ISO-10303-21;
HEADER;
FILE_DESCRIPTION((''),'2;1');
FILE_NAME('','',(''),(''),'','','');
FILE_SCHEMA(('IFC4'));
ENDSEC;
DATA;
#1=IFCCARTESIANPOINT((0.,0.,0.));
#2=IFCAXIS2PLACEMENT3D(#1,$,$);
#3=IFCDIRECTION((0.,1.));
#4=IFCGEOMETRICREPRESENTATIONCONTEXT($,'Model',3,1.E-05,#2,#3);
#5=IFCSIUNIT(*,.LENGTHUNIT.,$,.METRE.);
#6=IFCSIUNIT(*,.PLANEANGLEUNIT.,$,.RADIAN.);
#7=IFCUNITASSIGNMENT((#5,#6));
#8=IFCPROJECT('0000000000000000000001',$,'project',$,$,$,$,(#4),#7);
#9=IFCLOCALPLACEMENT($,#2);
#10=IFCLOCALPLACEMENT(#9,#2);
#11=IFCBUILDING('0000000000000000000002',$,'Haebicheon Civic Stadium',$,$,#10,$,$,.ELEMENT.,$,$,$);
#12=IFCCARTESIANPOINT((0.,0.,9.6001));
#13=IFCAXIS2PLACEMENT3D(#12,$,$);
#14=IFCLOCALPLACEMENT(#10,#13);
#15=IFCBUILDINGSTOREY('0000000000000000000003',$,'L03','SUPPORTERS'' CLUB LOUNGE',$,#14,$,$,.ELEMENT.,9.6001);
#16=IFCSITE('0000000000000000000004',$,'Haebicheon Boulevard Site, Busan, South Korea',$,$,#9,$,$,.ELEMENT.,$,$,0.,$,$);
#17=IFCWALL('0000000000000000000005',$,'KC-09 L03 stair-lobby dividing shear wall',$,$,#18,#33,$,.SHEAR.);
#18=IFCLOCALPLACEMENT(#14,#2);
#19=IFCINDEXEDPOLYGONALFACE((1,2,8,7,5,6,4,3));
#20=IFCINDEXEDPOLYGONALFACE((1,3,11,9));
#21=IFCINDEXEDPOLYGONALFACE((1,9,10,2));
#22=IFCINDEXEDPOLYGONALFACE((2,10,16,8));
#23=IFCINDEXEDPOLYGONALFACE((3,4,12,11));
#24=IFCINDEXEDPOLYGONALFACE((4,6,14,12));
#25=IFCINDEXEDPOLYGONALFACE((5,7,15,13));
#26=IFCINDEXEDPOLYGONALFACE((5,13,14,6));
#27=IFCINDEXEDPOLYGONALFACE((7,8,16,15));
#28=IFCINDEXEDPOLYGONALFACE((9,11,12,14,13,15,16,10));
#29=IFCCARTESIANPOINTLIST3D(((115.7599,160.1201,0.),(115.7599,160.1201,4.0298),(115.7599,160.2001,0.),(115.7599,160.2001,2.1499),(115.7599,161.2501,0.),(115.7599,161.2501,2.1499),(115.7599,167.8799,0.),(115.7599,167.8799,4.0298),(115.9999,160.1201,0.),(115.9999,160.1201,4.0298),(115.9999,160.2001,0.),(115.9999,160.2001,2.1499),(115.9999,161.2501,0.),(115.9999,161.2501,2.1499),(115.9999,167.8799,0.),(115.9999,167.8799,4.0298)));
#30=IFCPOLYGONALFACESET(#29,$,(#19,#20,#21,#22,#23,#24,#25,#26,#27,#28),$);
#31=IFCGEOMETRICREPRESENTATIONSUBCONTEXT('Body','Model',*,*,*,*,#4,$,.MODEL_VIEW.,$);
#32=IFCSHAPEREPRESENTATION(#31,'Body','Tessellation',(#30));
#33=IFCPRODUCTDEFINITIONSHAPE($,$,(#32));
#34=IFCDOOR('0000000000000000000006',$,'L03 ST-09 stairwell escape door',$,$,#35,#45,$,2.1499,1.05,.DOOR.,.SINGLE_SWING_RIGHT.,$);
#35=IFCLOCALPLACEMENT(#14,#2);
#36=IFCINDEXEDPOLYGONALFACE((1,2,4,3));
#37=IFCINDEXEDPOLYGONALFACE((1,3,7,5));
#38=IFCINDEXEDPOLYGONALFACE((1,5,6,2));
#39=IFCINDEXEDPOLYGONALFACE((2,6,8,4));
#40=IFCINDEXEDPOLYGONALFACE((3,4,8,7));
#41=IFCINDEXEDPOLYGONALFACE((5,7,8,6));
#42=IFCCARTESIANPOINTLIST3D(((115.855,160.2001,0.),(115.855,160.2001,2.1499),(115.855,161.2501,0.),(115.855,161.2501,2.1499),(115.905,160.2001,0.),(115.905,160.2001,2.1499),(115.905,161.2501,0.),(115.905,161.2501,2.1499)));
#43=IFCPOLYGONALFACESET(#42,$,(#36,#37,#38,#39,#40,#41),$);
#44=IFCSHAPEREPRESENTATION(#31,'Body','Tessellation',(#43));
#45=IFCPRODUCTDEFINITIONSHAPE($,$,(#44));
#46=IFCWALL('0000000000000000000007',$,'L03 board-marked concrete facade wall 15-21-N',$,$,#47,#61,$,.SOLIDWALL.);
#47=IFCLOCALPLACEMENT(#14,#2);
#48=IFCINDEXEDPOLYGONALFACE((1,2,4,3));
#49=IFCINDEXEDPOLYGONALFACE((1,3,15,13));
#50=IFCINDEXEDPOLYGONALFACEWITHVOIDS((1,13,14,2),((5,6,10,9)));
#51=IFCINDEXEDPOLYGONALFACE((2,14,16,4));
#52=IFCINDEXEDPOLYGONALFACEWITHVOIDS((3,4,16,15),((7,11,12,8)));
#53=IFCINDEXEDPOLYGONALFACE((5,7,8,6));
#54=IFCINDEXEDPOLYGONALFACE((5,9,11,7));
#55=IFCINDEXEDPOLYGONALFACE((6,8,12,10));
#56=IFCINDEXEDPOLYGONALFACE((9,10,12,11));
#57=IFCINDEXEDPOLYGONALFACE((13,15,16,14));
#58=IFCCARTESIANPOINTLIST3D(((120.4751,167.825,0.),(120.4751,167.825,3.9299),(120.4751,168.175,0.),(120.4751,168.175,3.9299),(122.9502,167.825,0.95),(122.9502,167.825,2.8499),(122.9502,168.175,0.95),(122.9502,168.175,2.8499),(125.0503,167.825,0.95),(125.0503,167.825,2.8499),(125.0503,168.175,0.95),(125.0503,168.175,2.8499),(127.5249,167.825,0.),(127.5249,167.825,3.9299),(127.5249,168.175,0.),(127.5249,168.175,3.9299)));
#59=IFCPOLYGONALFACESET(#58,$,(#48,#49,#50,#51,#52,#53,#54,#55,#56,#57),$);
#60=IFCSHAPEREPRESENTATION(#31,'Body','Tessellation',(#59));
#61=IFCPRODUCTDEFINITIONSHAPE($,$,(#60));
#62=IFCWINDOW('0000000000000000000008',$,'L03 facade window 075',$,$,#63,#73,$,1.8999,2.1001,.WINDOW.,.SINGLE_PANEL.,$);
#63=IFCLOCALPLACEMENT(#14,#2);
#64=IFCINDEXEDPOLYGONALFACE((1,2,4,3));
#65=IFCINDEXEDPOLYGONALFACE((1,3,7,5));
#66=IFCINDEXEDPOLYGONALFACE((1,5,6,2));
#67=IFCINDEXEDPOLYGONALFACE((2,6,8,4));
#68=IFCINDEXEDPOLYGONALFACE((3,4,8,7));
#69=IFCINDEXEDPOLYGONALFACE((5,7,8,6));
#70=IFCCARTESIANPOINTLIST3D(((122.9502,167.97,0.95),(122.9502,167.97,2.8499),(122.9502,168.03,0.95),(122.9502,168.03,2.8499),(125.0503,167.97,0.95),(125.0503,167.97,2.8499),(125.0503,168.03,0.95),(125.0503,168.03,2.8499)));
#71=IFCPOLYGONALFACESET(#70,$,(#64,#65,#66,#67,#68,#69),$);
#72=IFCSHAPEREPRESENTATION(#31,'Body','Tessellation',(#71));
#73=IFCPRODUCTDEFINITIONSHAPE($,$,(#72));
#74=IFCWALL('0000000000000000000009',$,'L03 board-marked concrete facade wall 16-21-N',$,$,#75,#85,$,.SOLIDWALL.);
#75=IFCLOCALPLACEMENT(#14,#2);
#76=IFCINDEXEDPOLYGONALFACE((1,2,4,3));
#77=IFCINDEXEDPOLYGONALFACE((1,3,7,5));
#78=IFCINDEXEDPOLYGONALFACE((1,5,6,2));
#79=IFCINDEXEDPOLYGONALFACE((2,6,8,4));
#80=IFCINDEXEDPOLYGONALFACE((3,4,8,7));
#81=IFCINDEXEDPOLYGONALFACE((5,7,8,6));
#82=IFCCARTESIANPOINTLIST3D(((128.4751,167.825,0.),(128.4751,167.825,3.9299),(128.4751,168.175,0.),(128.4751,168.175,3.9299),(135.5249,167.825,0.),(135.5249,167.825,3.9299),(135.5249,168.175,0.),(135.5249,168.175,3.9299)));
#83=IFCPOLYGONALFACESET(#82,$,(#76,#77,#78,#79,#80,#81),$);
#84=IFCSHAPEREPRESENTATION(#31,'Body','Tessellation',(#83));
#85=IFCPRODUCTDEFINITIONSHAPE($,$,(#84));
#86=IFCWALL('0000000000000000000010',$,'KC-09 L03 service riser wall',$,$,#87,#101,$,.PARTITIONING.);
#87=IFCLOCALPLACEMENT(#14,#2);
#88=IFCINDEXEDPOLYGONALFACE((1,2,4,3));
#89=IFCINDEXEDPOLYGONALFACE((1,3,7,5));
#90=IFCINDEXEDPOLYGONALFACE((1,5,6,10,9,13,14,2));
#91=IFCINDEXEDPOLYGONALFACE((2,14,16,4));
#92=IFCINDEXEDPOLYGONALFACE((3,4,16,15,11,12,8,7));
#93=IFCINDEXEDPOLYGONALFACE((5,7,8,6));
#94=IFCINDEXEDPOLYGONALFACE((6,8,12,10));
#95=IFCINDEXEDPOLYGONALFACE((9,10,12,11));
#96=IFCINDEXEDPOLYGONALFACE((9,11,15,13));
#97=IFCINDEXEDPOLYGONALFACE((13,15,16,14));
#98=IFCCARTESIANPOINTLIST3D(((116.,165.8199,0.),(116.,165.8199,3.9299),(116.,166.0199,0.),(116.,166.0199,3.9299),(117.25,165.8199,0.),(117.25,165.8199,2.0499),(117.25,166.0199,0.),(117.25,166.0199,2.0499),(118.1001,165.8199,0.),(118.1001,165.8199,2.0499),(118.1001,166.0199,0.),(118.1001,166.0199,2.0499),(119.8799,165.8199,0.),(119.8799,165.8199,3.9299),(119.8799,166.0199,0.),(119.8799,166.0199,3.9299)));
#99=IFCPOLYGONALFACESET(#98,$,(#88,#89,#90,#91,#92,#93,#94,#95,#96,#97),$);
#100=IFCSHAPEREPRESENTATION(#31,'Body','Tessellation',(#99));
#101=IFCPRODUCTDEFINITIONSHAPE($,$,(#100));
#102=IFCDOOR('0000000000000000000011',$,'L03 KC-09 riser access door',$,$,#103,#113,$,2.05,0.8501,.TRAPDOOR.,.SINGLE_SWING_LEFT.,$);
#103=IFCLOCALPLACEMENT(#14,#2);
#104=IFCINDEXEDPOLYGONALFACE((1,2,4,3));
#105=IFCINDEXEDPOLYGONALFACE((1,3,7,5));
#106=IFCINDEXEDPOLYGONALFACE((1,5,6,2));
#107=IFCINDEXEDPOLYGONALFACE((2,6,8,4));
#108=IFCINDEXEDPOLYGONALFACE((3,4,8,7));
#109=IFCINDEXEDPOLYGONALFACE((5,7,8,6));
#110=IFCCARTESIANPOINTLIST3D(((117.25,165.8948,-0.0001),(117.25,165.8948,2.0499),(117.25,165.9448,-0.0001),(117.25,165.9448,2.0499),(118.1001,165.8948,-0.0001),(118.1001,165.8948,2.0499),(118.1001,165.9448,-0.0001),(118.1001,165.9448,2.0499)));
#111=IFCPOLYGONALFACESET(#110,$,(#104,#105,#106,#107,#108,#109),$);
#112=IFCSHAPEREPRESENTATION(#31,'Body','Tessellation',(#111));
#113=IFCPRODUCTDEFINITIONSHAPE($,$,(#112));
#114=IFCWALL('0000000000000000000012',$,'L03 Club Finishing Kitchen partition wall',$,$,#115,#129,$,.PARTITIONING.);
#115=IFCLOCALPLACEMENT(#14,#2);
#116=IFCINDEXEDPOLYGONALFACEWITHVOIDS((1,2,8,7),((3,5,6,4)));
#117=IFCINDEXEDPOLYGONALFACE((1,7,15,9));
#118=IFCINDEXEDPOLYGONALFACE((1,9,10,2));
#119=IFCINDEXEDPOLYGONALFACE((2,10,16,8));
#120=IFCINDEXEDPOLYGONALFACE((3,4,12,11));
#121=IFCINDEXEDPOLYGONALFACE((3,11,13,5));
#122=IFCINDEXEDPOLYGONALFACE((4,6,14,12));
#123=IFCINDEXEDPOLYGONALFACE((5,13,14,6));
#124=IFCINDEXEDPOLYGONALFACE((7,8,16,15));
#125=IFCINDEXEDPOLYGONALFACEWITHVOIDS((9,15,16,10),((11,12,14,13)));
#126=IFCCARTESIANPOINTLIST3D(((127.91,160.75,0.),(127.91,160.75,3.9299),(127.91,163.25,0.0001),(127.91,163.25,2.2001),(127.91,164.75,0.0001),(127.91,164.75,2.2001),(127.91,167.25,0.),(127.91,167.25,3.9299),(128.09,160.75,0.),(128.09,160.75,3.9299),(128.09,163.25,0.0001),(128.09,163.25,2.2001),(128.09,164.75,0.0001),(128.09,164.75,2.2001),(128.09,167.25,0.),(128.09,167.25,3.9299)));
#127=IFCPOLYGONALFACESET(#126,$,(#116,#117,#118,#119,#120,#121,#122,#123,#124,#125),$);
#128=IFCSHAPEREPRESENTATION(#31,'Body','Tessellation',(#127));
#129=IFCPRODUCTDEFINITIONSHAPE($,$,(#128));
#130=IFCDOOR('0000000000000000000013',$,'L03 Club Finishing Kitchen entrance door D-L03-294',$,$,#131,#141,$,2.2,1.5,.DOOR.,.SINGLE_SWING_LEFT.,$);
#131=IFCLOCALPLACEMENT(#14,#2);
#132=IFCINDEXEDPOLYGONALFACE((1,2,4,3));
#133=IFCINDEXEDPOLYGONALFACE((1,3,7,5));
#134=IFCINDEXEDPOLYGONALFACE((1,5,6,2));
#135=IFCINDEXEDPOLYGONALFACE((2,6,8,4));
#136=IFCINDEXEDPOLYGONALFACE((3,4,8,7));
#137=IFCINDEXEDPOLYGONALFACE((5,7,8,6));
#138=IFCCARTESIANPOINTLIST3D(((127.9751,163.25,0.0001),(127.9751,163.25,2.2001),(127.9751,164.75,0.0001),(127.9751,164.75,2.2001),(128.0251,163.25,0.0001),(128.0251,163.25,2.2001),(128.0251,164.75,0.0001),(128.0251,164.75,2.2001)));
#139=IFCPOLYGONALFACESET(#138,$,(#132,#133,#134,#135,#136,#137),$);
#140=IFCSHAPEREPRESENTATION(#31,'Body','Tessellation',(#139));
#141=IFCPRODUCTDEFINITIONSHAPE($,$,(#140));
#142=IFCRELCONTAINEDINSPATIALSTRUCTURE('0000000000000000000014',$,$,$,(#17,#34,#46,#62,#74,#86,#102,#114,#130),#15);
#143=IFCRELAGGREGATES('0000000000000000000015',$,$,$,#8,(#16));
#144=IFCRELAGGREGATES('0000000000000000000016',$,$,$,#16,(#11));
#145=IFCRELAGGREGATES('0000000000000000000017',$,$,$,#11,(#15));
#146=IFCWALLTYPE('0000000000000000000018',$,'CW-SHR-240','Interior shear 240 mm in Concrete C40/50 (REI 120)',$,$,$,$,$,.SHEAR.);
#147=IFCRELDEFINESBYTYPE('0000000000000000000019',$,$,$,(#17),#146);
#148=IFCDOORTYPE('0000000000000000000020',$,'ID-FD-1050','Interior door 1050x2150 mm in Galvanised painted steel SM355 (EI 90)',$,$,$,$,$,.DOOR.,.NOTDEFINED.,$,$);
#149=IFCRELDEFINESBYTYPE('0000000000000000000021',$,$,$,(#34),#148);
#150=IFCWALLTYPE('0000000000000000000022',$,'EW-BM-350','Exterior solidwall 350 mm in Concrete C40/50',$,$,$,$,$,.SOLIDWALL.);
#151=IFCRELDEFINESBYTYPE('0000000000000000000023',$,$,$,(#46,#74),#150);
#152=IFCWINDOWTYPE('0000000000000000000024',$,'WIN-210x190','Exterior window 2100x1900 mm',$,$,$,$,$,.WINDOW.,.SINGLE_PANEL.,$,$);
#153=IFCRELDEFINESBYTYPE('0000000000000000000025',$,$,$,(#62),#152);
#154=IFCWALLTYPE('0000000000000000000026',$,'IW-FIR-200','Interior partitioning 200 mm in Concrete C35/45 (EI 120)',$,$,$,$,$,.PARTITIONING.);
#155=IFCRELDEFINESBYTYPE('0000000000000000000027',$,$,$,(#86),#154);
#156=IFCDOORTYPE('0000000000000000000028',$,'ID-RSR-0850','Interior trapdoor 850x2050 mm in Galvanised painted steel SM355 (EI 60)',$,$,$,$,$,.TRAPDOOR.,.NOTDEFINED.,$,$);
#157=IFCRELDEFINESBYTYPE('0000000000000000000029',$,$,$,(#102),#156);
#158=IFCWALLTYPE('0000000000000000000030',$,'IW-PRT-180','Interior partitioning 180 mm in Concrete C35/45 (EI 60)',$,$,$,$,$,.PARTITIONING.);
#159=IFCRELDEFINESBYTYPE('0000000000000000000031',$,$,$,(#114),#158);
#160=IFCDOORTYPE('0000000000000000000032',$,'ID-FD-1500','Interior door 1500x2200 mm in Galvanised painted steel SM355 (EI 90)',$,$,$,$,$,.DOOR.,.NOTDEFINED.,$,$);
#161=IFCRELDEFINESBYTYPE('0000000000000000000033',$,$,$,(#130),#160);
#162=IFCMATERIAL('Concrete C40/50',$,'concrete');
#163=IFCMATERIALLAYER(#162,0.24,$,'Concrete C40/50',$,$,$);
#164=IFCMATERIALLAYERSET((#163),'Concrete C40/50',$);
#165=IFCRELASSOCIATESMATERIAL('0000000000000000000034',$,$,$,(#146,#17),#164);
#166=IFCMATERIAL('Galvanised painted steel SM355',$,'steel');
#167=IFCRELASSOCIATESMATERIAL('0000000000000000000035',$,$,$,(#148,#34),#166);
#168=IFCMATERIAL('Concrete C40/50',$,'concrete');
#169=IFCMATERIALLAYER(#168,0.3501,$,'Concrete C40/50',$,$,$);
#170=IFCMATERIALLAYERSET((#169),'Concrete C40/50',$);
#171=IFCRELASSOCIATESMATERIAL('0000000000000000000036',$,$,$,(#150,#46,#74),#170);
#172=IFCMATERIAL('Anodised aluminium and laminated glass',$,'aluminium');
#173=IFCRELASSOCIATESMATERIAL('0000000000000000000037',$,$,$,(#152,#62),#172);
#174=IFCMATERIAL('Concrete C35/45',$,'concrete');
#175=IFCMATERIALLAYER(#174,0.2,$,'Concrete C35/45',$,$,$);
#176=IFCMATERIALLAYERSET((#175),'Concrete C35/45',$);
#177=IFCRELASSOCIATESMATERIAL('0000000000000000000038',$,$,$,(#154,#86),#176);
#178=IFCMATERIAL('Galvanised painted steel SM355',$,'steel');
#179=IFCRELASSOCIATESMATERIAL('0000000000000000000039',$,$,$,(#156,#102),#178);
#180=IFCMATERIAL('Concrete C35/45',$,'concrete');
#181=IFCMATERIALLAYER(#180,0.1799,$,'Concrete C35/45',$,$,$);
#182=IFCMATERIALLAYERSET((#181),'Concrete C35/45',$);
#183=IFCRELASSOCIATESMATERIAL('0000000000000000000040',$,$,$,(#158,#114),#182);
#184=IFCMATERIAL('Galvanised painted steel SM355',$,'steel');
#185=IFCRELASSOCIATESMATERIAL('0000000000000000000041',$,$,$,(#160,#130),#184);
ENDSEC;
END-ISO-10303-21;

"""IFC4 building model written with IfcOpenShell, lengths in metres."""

from ifc_helpers import new_model, si_unit, direction, frame, frame_2d, origin, place, context, subcontext, project, spatial, rectangle, extrude, material, layer, layer_set, type_object, element, fill, save


model = new_model("IFC4")

# Units and contexts
model_context = context("Model", 3, precision=1e-05, world=origin(), true_north=direction((0.0, 1.0)))
body_context = subcontext(model_context, "Body", "Model", "MODEL_VIEW")
ifc_project = project(units=[si_unit("LENGTHUNIT", "METRE"), si_unit("PLANEANGLEUNIT", "RADIAN")], contexts=[model_context])

# Site, building, storey
site_placement = place(None, origin())
site = spatial("IfcSite", under=ifc_project, at=site_placement, Name="Haebicheon Boulevard Site, Busan, South Korea", CompositionType="ELEMENT", RefElevation=0.0)
building_placement = place(site_placement, origin())
building = spatial("IfcBuilding", under=site, at=building_placement, Name="Haebicheon Civic Stadium", CompositionType="ELEMENT")
storey_placement = place(building_placement, frame((0.0, 0.0, 9.6001)))
storey = spatial("IfcBuildingStorey", under=building, at=storey_placement, Name="L03", Description="SUPPORTERS' CLUB LOUNGE", CompositionType="ELEMENT", Elevation=9.6001)

# Shared definitions
ifc_material_1 = material(Name="Concrete C40/50", Category="concrete")
ifc_layer_1 = layer(ifc_material_1, 0.24, Name="Concrete C40/50")
ifc_layer_set_1 = layer_set([ifc_layer_1], Name="Concrete C40/50")
wall_type_1 = type_object("IfcWallType", Name="CW-SHR-240", Description="Interior shear 240 mm in Concrete C40/50 (REI 120)", PredefinedType="SHEAR", material=ifc_layer_set_1)

# Wall, opening, door
wall_1_placement = place(storey_placement, frame((115.8799, 160.1201, 0.0), z_axis=(0.0, 0.0, 1.0), x_axis=(0.0, 1.0, 0.0)))
wall_1 = element("IfcWall", 1, at=wall_1_placement, inside=storey, type_object=wall_type_1, material=ifc_layer_set_1, Name="KC-09 L03 stair-lobby dividing shear wall", PredefinedType="SHEAR", context=body_context, shape_type="SweptSolid", body=[
    extrude(rectangle(XDim=7.7598, YDim=0.24, at=frame_2d((3.8799, 0.0))), origin(), (0.0, 0.0, 1.0), 4.0298),
])
opening_1_placement = place(wall_1_placement, frame((0.0801, 0.0, 0.0)))
opening_1 = element("IfcOpeningElement", 2, at=opening_1_placement, cuts=wall_1, PredefinedType="OPENING", context=body_context, shape_type="SweptSolid", body=[
    extrude(rectangle(XDim=1.05, YDim=2.1499, at=frame_2d((0.5249, 1.075))), frame((0.0, 0.1299, 0.0), z_axis=(0.0, -1.0, 0.0), x_axis=(1.0, 0.0, 0.0)), (0.0, 0.0, 1.0), 0.26),
])
ifc_material_2 = material(Name="Galvanised painted steel SM355", Category="steel")
door_type_1 = type_object("IfcDoorType", Name="ID-FD-1050", Description="Interior door 1050x2150 mm in Galvanised painted steel SM355 (EI 90)", OperationType="NOTDEFINED", PredefinedType="DOOR", material=ifc_material_2)
door_1_placement = place(opening_1_placement, origin())
door_1 = element("IfcDoor", 3, at=door_1_placement, inside=storey, type_object=door_type_1, material=ifc_material_2, Name="L03 ST-09 stairwell escape door", OperationType="SINGLE_SWING_RIGHT", OverallHeight=2.1499, OverallWidth=1.05, PredefinedType="DOOR", context=body_context, shape_type="SweptSolid", body=[
    extrude(rectangle(XDim=1.05, YDim=2.1499, at=frame_2d((0.5249, 1.075))), frame((0.0, 0.0249, 0.0), z_axis=(0.0, -1.0, 0.0), x_axis=(1.0, 0.0, 0.0)), (0.0, 0.0, 1.0), 0.05),
])
fill(opening_1, door_1)

# Wall, opening, window
ifc_material_3 = material(Name="Concrete C40/50", Category="concrete")
ifc_layer_2 = layer(ifc_material_3, 0.3501, Name="Concrete C40/50")
ifc_layer_set_2 = layer_set([ifc_layer_2], Name="Concrete C40/50")
wall_type_2 = type_object("IfcWallType", Name="EW-BM-350", Description="Exterior solidwall 350 mm in Concrete C40/50", PredefinedType="SOLIDWALL", material=ifc_layer_set_2)
wall_2_placement = place(storey_placement, frame((120.4751, 168.0, 0.0), z_axis=(0.0, 0.0, 1.0), x_axis=(1.0, 0.0, 0.0)))
wall_2 = element("IfcWall", 4, at=wall_2_placement, inside=storey, type_object=wall_type_2, material=ifc_layer_set_2, Name="L03 board-marked concrete facade wall 15-21-N", PredefinedType="SOLIDWALL", context=body_context, shape_type="SweptSolid", body=[
    extrude(rectangle(XDim=7.0498, YDim=0.3501, at=frame_2d((3.5249, 0.0))), origin(), (0.0, 0.0, 1.0), 3.9299),
])
opening_2_placement = place(wall_2_placement, frame((2.4751, 0.0, 0.95)))
opening_2 = element("IfcOpeningElement", 5, at=opening_2_placement, cuts=wall_2, PredefinedType="OPENING", context=body_context, shape_type="SweptSolid", body=[
    extrude(rectangle(XDim=2.1001, YDim=1.8999, at=frame_2d((1.05, 0.95))), frame((0.0, 0.1851, 0.0), z_axis=(0.0, -1.0, 0.0), x_axis=(1.0, 0.0, 0.0)), (0.0, 0.0, 1.0), 0.3701),
])
ifc_material_4 = material(Name="Anodised aluminium and laminated glass", Category="aluminium")
window_type = type_object("IfcWindowType", Name="WIN-210x190", Description="Exterior window 2100x1900 mm", PartitioningType="SINGLE_PANEL", PredefinedType="WINDOW", material=ifc_material_4)
window_placement = place(opening_2_placement, origin())
window = element("IfcWindow", 6, at=window_placement, inside=storey, type_object=window_type, material=ifc_material_4, Name="L03 facade window 075", OverallHeight=1.8999, OverallWidth=2.1001, PartitioningType="SINGLE_PANEL", PredefinedType="WINDOW", context=body_context, shape_type="SweptSolid", body=[
    extrude(rectangle(XDim=2.1001, YDim=1.8999, at=frame_2d((1.05, 0.95))), frame((0.0, 0.03, 0.0), z_axis=(0.0, -1.0, 0.0), x_axis=(1.0, 0.0, 0.0)), (0.0, 0.0, 1.0), 0.0601),
])
fill(opening_2, window)

# Wall
wall_3_placement = place(storey_placement, frame((128.4751, 168.0, 0.0), z_axis=(0.0, 0.0, 1.0), x_axis=(1.0, 0.0, 0.0)))
element("IfcWall", 7, at=wall_3_placement, inside=storey, type_object=wall_type_2, material=ifc_layer_set_2, Name="L03 board-marked concrete facade wall 16-21-N", PredefinedType="SOLIDWALL", context=body_context, shape_type="SweptSolid", body=[
    extrude(rectangle(XDim=7.0498, YDim=0.3501, at=frame_2d((3.5249, 0.0))), origin(), (0.0, 0.0, 1.0), 3.9299),
])

# Walls, openings, doors
ifc_material_5 = material(Name="Concrete C35/45", Category="concrete")
ifc_layer_3 = layer(ifc_material_5, 0.2, Name="Concrete C35/45")
ifc_layer_set_3 = layer_set([ifc_layer_3], Name="Concrete C35/45")
wall_type_3 = type_object("IfcWallType", Name="IW-FIR-200", Description="Interior partitioning 200 mm in Concrete C35/45 (EI 120)", PredefinedType="PARTITIONING", material=ifc_layer_set_3)
wall_4_placement = place(storey_placement, frame((116.0, 165.9199, 0.0), z_axis=(0.0, 0.0, 1.0), x_axis=(1.0, 0.0, 0.0)))
wall_4 = element("IfcWall", 8, at=wall_4_placement, inside=storey, type_object=wall_type_3, material=ifc_layer_set_3, Name="KC-09 L03 service riser wall", PredefinedType="PARTITIONING", context=body_context, shape_type="SweptSolid", body=[
    extrude(rectangle(XDim=3.8799, YDim=0.2, at=frame_2d((1.9399, 0.0))), origin(), (0.0, 0.0, 1.0), 3.9299),
])
opening_3_placement = place(wall_4_placement, frame((1.25, 0.0, 0.0)))
opening_3 = element("IfcOpeningElement", 9, at=opening_3_placement, cuts=wall_4, PredefinedType="OPENING", context=body_context, shape_type="SweptSolid", body=[
    extrude(rectangle(XDim=0.8501, YDim=2.05, at=frame_2d((0.425, 1.0249))), frame((0.0, 0.1099, 0.0), z_axis=(0.0, -1.0, 0.0), x_axis=(1.0, 0.0, 0.0)), (0.0, 0.0, 1.0), 0.22),
])
ifc_material_6 = material(Name="Galvanised painted steel SM355", Category="steel")
door_type_2 = type_object("IfcDoorType", Name="ID-RSR-0850", Description="Interior trapdoor 850x2050 mm in Galvanised painted steel SM355 (EI 60)", OperationType="NOTDEFINED", PredefinedType="TRAPDOOR", material=ifc_material_6)
door_2_placement = place(opening_3_placement, origin())
door_2 = element("IfcDoor", 10, at=door_2_placement, inside=storey, type_object=door_type_2, material=ifc_material_6, Name="L03 KC-09 riser access door", OperationType="SINGLE_SWING_LEFT", OverallHeight=2.05, OverallWidth=0.8501, PredefinedType="TRAPDOOR", context=body_context, shape_type="SweptSolid", body=[
    extrude(rectangle(XDim=0.8501, YDim=2.05, at=frame_2d((0.425, 1.0249))), frame((0.0, 0.0249, 0.0), z_axis=(0.0, -1.0, 0.0), x_axis=(1.0, 0.0, 0.0)), (0.0, 0.0, 1.0), 0.05),
])
fill(opening_3, door_2)
ifc_material_7 = material(Name="Concrete C35/45", Category="concrete")
ifc_layer_4 = layer(ifc_material_7, 0.1799, Name="Concrete C35/45")
ifc_layer_set_4 = layer_set([ifc_layer_4], Name="Concrete C35/45")
wall_type_4 = type_object("IfcWallType", Name="IW-PRT-180", Description="Interior partitioning 180 mm in Concrete C35/45 (EI 60)", PredefinedType="PARTITIONING", material=ifc_layer_set_4)
wall_5_placement = place(storey_placement, frame((128.0, 160.75, 0.0), z_axis=(0.0, 0.0, 1.0), x_axis=(0.0, 1.0, 0.0)))
wall_5 = element("IfcWall", 11, at=wall_5_placement, inside=storey, type_object=wall_type_4, material=ifc_layer_set_4, Name="L03 Club Finishing Kitchen partition wall", PredefinedType="PARTITIONING", context=body_context, shape_type="SweptSolid", body=[
    extrude(rectangle(XDim=6.5, YDim=0.1799, at=frame_2d((3.25, 0.0))), origin(), (0.0, 0.0, 1.0), 3.9299),
])
opening_4_placement = place(wall_5_placement, frame((2.5, 0.0, 0.0)))
opening_4 = element("IfcOpeningElement", 12, at=opening_4_placement, cuts=wall_5, PredefinedType="OPENING", context=body_context, shape_type="SweptSolid", body=[
    extrude(rectangle(XDim=1.5, YDim=2.2, at=frame_2d((0.75, 1.1001))), frame((0.0, 0.0999, 0.0), z_axis=(0.0, -1.0, 0.0), x_axis=(1.0, 0.0, 0.0)), (0.0, 0.0, 1.0), 0.2),
])
ifc_material_8 = material(Name="Galvanised painted steel SM355", Category="steel")
door_type_3 = type_object("IfcDoorType", Name="ID-FD-1500", Description="Interior door 1500x2200 mm in Galvanised painted steel SM355 (EI 90)", OperationType="NOTDEFINED", PredefinedType="DOOR", material=ifc_material_8)
door_3_placement = place(opening_4_placement, origin())
door_3 = element("IfcDoor", 13, at=door_3_placement, inside=storey, type_object=door_type_3, material=ifc_material_8, Name="L03 Club Finishing Kitchen entrance door D-L03-294", OperationType="SINGLE_SWING_LEFT", OverallHeight=2.2, OverallWidth=1.5, PredefinedType="DOOR", context=body_context, shape_type="SweptSolid", body=[
    extrude(rectangle(XDim=1.5, YDim=2.2, at=frame_2d((0.75, 1.1001))), frame((0.0, 0.0249, 0.0), z_axis=(0.0, -1.0, 0.0), x_axis=(1.0, 0.0, 0.0)), (0.0, 0.0, 1.0), 0.05),
])
fill(opening_4, door_3)

save(model, "model.ifc")
